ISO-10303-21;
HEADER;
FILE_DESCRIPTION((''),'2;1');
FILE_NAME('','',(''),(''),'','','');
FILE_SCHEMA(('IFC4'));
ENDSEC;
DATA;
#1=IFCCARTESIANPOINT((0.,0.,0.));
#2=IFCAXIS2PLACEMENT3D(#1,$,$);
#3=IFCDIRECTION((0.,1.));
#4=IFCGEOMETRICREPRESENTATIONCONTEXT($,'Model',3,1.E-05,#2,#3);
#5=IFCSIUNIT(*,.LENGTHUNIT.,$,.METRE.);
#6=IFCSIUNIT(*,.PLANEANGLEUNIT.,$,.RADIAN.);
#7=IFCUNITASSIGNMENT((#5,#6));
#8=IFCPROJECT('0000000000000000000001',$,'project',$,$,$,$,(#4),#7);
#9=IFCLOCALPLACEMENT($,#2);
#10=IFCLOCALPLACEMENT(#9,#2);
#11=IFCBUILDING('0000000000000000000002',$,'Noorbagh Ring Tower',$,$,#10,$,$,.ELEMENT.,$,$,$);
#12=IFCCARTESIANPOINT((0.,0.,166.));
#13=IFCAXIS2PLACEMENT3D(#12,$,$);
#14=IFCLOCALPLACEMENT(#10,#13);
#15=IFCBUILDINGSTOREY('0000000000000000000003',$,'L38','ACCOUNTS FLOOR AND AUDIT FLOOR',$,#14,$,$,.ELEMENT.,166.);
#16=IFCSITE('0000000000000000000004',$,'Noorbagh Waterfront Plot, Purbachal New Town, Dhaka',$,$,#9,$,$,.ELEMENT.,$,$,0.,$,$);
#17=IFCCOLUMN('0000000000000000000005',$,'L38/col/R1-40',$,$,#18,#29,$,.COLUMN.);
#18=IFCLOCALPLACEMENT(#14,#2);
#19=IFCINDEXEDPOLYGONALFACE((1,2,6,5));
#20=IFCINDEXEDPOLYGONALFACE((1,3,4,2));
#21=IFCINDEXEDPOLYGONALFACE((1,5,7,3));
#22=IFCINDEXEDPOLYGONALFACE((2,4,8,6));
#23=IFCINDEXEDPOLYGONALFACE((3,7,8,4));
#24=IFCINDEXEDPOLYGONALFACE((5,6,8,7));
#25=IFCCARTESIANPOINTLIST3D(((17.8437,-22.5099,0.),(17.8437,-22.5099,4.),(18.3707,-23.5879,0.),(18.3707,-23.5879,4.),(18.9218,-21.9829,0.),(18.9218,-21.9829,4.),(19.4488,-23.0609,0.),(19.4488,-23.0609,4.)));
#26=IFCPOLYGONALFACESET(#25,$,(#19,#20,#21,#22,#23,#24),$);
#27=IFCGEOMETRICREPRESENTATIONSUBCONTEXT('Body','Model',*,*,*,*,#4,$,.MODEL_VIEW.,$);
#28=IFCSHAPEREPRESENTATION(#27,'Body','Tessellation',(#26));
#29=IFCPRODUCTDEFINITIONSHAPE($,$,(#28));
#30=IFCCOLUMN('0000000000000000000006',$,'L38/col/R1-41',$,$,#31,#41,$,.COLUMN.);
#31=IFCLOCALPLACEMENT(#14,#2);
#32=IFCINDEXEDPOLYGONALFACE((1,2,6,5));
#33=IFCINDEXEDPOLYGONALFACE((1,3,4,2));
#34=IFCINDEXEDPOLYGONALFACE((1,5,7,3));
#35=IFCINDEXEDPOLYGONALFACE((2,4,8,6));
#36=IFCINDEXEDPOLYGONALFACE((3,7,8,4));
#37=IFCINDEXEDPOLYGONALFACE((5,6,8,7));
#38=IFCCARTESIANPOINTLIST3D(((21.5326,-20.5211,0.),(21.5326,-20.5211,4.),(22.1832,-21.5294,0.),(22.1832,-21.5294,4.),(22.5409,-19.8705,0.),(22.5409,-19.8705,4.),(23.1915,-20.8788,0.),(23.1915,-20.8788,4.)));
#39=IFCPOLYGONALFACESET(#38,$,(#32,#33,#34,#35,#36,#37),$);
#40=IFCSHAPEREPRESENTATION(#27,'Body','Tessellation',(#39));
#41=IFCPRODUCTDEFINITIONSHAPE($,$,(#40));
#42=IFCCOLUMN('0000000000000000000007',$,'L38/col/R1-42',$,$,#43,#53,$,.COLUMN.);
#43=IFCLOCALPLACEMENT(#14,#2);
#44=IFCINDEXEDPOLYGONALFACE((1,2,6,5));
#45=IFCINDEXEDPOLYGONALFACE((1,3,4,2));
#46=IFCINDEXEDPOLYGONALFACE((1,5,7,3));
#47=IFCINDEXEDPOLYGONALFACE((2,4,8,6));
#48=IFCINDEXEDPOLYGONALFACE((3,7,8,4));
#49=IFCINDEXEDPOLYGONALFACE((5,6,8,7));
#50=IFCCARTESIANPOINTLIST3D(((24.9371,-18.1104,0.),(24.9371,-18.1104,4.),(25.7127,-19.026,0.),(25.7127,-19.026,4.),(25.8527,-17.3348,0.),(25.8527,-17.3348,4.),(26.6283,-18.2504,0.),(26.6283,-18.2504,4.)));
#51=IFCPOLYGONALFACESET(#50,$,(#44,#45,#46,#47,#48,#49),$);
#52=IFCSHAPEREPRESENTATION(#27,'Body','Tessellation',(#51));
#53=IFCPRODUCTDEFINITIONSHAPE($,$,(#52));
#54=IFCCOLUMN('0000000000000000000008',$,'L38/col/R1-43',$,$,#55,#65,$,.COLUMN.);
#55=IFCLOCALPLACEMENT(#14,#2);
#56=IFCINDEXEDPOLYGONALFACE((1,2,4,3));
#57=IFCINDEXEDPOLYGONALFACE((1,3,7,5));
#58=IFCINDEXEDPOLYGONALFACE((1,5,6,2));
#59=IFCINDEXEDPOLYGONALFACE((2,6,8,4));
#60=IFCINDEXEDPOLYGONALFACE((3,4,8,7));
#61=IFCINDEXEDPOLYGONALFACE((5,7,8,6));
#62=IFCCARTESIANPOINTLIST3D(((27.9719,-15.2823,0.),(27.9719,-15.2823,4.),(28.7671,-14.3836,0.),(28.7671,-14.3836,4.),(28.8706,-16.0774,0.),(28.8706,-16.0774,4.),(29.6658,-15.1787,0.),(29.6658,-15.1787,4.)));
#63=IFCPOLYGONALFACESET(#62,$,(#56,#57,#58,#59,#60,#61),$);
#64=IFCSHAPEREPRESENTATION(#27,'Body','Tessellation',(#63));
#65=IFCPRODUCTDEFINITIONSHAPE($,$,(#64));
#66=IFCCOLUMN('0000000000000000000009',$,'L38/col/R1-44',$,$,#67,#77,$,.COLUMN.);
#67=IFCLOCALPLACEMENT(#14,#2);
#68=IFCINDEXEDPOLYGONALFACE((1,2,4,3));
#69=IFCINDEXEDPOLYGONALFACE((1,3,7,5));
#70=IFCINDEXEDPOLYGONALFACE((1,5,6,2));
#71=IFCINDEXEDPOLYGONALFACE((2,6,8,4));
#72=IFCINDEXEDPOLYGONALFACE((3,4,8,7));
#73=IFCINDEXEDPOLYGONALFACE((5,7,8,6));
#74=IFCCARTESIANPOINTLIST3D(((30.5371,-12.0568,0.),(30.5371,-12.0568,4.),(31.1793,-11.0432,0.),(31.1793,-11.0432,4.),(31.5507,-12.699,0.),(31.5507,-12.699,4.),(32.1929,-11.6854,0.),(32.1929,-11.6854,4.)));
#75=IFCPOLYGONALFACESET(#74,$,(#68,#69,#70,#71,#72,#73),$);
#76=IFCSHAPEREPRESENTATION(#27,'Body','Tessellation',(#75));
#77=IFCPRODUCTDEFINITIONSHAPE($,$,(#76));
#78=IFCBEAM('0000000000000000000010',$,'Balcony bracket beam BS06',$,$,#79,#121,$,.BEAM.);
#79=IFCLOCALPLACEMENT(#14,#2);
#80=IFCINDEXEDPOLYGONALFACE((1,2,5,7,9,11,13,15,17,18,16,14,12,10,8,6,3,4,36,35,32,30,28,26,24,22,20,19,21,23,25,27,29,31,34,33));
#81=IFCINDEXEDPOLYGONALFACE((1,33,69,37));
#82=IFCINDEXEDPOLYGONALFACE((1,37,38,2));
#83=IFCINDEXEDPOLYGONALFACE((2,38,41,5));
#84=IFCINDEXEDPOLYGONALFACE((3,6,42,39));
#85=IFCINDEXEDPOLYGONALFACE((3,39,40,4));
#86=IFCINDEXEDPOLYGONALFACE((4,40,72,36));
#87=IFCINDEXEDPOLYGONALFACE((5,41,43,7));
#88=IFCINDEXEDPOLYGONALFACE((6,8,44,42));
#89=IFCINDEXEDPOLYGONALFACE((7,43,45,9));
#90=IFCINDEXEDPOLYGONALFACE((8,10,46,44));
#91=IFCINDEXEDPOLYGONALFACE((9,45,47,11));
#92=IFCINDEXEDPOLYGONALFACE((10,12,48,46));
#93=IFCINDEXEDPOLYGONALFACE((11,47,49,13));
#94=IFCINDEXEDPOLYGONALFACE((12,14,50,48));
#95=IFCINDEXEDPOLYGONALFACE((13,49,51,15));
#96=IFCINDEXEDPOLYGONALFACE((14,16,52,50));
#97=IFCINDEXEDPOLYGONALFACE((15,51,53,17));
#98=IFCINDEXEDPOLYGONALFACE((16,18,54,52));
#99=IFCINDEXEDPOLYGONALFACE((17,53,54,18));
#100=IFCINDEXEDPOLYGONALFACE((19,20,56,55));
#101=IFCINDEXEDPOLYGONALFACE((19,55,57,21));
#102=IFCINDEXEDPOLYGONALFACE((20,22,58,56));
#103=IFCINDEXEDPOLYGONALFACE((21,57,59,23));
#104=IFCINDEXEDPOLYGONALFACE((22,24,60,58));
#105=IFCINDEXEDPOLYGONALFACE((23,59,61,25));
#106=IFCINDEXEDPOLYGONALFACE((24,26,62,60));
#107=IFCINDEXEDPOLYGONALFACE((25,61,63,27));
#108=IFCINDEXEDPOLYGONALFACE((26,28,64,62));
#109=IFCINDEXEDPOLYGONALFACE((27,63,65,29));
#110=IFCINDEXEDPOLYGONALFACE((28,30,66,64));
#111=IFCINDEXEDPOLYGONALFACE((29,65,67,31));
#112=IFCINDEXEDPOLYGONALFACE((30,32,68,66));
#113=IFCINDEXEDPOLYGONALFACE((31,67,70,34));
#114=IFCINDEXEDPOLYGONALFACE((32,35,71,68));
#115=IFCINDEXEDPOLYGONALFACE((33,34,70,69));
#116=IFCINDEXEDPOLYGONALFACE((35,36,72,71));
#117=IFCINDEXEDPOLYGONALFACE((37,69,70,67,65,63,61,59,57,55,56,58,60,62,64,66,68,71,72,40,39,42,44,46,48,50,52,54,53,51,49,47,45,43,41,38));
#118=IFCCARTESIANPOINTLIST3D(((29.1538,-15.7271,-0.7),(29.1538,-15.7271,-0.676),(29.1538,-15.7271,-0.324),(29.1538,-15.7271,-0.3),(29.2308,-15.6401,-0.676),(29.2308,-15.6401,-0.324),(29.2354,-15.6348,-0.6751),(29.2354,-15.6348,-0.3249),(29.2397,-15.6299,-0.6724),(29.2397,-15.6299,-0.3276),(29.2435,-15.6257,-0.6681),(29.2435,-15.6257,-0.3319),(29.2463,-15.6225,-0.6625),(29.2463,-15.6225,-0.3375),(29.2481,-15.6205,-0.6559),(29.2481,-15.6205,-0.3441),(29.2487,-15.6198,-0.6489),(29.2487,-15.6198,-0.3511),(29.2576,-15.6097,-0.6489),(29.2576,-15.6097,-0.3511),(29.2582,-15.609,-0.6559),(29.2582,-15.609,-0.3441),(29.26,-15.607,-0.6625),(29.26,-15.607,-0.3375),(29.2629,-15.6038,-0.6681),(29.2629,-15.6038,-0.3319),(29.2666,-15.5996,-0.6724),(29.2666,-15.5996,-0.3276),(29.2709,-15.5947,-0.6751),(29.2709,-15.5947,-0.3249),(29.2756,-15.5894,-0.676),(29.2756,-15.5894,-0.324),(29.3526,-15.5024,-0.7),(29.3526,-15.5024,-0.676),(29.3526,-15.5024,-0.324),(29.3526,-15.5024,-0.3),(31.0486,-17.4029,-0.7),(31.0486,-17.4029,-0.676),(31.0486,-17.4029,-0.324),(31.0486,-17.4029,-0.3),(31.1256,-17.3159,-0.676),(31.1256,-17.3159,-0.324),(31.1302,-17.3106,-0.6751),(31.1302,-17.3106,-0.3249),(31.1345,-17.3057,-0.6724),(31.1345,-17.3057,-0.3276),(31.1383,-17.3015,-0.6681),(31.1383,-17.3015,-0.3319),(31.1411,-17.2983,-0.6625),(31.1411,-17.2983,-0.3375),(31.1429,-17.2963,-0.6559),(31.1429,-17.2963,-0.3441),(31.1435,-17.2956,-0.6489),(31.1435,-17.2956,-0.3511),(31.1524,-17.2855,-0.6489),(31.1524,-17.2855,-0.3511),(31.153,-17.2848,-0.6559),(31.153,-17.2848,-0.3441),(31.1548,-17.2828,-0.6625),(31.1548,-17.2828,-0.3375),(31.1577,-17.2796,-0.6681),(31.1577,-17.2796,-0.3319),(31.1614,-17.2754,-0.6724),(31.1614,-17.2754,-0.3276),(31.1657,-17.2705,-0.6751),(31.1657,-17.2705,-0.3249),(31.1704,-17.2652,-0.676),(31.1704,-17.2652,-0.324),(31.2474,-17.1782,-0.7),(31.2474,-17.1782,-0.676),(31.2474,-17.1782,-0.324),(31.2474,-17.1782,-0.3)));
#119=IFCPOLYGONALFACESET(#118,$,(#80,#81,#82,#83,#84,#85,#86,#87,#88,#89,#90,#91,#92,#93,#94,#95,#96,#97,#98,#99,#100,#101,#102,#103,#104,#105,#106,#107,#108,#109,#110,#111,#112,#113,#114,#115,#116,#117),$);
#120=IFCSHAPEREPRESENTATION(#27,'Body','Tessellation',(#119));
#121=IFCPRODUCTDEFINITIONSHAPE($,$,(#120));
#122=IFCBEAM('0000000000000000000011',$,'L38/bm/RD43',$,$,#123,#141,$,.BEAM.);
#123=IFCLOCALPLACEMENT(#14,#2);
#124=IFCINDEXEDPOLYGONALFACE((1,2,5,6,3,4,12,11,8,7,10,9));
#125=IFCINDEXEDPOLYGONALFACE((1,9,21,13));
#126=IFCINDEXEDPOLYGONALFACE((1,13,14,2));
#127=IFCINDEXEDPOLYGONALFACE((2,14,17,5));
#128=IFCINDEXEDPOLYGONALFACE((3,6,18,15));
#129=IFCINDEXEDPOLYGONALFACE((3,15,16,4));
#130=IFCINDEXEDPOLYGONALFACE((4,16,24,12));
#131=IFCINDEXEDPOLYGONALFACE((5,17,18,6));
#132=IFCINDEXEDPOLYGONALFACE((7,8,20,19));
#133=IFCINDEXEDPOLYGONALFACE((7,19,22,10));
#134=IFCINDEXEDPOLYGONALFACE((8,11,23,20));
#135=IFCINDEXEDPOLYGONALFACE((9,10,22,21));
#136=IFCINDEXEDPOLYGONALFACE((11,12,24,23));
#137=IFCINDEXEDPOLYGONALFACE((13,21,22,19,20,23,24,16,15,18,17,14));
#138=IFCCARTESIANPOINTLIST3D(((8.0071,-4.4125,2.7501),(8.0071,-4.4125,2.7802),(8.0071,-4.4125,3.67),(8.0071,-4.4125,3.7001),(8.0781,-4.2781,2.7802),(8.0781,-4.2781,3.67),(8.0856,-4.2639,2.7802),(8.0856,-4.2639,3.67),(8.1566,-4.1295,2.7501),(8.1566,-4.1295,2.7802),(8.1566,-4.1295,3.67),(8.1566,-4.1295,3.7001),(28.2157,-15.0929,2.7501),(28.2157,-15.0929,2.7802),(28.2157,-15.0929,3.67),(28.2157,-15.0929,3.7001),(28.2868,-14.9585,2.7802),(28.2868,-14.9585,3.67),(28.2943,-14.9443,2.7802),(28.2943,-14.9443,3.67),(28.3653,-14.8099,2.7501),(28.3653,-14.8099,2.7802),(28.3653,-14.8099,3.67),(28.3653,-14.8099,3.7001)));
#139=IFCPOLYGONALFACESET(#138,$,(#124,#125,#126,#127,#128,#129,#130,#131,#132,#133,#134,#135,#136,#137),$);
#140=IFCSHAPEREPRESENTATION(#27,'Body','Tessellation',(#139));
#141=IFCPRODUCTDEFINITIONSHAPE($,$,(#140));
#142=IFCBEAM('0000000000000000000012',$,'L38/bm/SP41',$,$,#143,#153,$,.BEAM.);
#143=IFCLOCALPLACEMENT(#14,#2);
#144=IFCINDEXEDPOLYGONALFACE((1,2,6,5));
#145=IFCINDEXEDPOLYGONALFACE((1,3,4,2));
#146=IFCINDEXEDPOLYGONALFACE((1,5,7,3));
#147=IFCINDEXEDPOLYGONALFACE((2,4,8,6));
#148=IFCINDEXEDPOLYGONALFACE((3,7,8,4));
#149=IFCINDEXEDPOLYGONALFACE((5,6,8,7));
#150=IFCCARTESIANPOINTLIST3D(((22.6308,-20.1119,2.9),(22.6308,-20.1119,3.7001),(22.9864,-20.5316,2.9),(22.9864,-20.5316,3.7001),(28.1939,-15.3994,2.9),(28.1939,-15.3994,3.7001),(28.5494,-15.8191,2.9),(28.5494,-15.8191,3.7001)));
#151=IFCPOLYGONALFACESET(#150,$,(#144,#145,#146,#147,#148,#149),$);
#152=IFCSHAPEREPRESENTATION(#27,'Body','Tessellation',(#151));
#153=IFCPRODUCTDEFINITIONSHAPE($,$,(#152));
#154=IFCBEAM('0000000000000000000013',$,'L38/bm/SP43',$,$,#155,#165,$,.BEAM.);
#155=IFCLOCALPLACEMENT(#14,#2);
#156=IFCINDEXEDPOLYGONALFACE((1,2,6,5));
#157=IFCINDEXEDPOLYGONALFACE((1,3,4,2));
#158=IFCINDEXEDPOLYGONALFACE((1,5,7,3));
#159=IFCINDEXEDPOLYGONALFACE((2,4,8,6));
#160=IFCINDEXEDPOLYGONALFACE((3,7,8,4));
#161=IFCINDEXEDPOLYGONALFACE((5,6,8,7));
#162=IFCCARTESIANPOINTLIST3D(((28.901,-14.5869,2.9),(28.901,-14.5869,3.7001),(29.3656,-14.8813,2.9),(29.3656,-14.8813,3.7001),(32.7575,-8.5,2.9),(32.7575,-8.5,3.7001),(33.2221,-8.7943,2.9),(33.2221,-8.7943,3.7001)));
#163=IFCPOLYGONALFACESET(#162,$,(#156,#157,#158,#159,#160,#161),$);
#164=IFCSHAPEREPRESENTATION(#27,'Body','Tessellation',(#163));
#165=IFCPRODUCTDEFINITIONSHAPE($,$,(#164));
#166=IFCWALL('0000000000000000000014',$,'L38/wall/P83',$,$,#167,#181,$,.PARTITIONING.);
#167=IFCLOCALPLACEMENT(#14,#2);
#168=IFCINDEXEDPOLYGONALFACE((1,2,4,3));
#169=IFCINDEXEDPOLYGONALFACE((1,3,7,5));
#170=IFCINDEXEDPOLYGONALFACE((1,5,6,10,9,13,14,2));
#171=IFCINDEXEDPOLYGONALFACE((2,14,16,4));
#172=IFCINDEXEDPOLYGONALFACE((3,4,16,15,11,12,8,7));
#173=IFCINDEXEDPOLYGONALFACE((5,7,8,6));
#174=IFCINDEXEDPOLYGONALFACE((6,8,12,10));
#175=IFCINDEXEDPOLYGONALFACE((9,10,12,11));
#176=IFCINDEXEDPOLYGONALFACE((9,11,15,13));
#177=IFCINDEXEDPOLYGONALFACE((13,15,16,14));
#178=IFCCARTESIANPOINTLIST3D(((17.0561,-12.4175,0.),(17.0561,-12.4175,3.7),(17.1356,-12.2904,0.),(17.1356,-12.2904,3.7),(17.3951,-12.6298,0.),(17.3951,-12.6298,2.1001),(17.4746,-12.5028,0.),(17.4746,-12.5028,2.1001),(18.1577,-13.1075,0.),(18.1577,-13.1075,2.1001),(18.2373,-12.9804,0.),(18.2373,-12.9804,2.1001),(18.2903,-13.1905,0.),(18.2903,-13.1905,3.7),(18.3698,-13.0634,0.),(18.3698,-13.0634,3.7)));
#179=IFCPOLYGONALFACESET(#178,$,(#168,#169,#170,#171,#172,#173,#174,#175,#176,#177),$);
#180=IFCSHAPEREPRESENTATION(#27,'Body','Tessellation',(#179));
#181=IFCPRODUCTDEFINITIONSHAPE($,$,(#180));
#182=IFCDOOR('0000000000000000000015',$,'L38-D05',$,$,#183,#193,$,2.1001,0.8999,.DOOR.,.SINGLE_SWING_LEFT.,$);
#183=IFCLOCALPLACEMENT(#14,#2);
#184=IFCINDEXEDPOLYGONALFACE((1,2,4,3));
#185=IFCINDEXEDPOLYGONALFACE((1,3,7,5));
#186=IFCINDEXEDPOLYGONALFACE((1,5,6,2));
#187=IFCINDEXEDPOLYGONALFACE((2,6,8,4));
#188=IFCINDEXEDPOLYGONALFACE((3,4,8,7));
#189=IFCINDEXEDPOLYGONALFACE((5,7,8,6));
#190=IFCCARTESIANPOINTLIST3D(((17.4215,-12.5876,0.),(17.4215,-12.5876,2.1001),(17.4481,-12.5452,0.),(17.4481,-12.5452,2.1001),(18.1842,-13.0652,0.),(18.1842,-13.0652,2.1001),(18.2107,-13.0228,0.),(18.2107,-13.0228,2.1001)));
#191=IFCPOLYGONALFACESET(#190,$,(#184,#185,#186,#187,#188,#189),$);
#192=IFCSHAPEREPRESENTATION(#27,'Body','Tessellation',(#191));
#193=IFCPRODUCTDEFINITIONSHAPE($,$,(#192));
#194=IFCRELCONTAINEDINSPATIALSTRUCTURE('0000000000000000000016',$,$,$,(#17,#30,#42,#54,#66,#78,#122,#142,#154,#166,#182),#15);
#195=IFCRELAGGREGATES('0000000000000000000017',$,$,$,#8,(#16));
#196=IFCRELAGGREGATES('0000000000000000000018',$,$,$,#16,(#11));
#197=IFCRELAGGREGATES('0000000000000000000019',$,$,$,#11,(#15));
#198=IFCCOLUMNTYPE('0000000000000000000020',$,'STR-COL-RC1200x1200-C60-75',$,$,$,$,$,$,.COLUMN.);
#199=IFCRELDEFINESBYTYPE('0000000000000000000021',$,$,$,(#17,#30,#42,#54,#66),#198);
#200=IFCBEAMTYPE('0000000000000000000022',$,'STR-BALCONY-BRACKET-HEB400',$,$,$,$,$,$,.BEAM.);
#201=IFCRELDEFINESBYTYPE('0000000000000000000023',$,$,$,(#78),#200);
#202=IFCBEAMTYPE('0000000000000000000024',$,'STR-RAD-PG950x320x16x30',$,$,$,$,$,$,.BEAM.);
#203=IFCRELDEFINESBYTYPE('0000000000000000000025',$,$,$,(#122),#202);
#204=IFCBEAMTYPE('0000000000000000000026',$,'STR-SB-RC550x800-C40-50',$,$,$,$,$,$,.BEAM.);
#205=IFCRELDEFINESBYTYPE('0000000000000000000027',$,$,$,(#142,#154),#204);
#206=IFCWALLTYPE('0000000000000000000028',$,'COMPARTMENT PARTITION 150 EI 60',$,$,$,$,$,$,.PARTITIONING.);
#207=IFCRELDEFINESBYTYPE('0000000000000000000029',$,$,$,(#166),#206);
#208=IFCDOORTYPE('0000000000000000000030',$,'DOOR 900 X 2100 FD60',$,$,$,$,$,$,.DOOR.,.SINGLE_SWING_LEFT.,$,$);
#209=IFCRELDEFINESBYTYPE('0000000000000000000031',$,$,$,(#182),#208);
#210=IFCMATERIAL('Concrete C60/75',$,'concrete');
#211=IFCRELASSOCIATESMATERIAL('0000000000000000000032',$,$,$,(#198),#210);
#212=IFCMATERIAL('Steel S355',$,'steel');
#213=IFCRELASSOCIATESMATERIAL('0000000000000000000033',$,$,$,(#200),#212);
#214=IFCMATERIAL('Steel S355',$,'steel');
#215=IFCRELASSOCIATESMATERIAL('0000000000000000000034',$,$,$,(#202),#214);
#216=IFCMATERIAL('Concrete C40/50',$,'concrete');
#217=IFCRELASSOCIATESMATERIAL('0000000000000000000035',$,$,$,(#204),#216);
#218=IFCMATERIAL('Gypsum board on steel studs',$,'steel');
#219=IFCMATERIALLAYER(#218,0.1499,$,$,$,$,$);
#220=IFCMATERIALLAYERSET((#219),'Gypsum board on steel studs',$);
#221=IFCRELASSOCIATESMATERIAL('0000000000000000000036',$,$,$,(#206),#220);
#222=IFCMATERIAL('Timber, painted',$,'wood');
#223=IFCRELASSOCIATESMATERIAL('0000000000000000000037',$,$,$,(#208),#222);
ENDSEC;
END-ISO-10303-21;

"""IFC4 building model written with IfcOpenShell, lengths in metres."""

from ifc_helpers import new_model, si_unit, direction, frame, frame_2d, origin, origin_2d, place, context, subcontext, project, spatial, rectangle, i_section, extrude, material, layer, layer_set, material_profile, profile_set, type_object, element, fill, save


model = new_model("IFC4")

# Units and contexts
model_context = context("Model", 3, precision=1e-05, world=origin(), true_north=direction((0.0, 1.0)))
body_context = subcontext(model_context, "Body", "Model", "MODEL_VIEW")
ifc_project = project(units=[si_unit("LENGTHUNIT", "METRE"), si_unit("PLANEANGLEUNIT", "RADIAN")], contexts=[model_context])

# Site, building, storey
site_placement = place(None, origin())
site = spatial("IfcSite", under=ifc_project, at=site_placement, Name="Noorbagh Waterfront Plot, Purbachal New Town, Dhaka", CompositionType="ELEMENT", RefElevation=0.0)
building_placement = place(site_placement, origin())
building = spatial("IfcBuilding", under=site, at=building_placement, Name="Noorbagh Ring Tower", CompositionType="ELEMENT")
storey_placement = place(building_placement, frame((0.0, 0.0, 166.0)))
storey = spatial("IfcBuildingStorey", under=building, at=storey_placement, Name="L38", Description="ACCOUNTS FLOOR AND AUDIT FLOOR", CompositionType="ELEMENT", Elevation=166.0)

# Columns
ifc_material_1 = material(Name="Concrete C60/75", Category="concrete")
ifc_material_profile_1 = material_profile(ifc_material_1, rectangle(XDim=1.2, YDim=1.2, at=origin_2d()), Name="RC1200x1200")
ifc_profile_set_1 = profile_set([ifc_material_profile_1], Name="Concrete C60/75")
column_type = type_object("IfcColumnType", Name="STR-COL-RC1200x1200-C60-75", PredefinedType="COLUMN", material=ifc_profile_set_1)
for number, where, z_axis, x_axis, name in (
    (1, (18.6462, -22.7854, 0.0), (0.0, 0.0, 1.0), (0.898399, 0.43918, 0.0), "L38/col/R1-40"),
    (2, (22.3621, -20.7, 0.0), (0.0, 0.0, 1.0), (0.840248, 0.542203, 0.0), "L38/col/R1-41"),
    (3, (25.7827, -18.1804, 0.0), (0.0, 0.0, 1.0), (0.763035, 0.646357, 0.0), "L38/col/R1-42"),
    (4, (28.8188, -15.2305, 0.0), (0.0, 0.0, 1.0), (0.662636, 0.748942, 0.0), "L38/col/R1-43"),
    (5, (31.365, -11.8711, 0.0), (0.0, 0.0, 1.0), (0.53519, 0.844731, 0.0), "L38/col/R1-44"),
):
    element("IfcColumn", number, at=place(storey_placement, frame(where, z_axis=z_axis, x_axis=x_axis)), inside=storey, type_object=column_type, Name=name, PredefinedType="COLUMN", context=body_context, shape_type="SweptSolid", body=[
        extrude(rectangle(XDim=1.2, YDim=1.2, at=origin_2d()), origin(), (0.0, 0.0, 1.0), 4.0),
    ])

# Beams
ifc_material_2 = material(Name="Steel S355", Category="steel")
ifc_material_profile_2 = material_profile(ifc_material_2, i_section(OverallWidth=0.3, OverallDepth=0.3999, WebThickness=0.0134, FlangeThickness=0.0239, FilletRadius=0.0271, at=origin_2d()), Name="HEB400")
ifc_profile_set_2 = profile_set([ifc_material_profile_2], Name="Steel S355")
beam_type_1 = type_object("IfcBeamType", Name="STR-BALCONY-BRACKET-HEB400", PredefinedType="BEAM", material=ifc_profile_set_2)
beam_1_placement = place(storey_placement, frame((29.2532, -15.6147, -0.5), z_axis=(0.749068, -0.662493, 0.0), x_axis=(0.662493, 0.749068, 0.0)))
element("IfcBeam", 6, at=beam_1_placement, inside=storey, type_object=beam_type_1, Name="Balcony bracket beam BS06", PredefinedType="BEAM", context=body_context, shape_type="SweptSolid", body=[
    extrude(i_section(OverallWidth=0.3, OverallDepth=0.3999, WebThickness=0.0134, FlangeThickness=0.0239, FilletRadius=0.0271, at=origin_2d()), origin(), (0.0, 0.0, 1.0), 2.5295),
])
ifc_material_3 = material(Name="Steel S355", Category="steel")
ifc_material_profile_3 = material_profile(ifc_material_3, i_section(OverallWidth=0.3201, OverallDepth=0.95, WebThickness=0.0161, FlangeThickness=0.03, at=origin_2d()), Name="PG950x320x16x30")
ifc_profile_set_3 = profile_set([ifc_material_profile_3], Name="Steel S355")
beam_type_2 = type_object("IfcBeamType", Name="STR-RAD-PG950x320x16x30", PredefinedType="BEAM", material=ifc_profile_set_3)
beam_2_placement = place(storey_placement, frame((28.2905, -14.9514, 3.2251), z_axis=(-0.884119, 0.467261, 0.0), x_axis=(-0.467261, -0.884119, 0.0)))
element("IfcBeam", 7, at=beam_2_placement, inside=storey, type_object=beam_type_2, Name="L38/bm/RD43", PredefinedType="BEAM", context=body_context, shape_type="SweptSolid", body=[
    extrude(i_section(OverallWidth=0.3201, OverallDepth=0.95, WebThickness=0.0161, FlangeThickness=0.03, at=origin_2d()), origin(), (0.0, 0.0, 1.0), 22.8574),
])
ifc_material_4 = material(Name="Concrete C40/50", Category="concrete")
ifc_material_profile_4 = material_profile(ifc_material_4, rectangle(XDim=0.55, YDim=0.8, at=origin_2d()), Name="RC550x800")
ifc_profile_set_4 = profile_set([ifc_material_profile_4], Name="Concrete C40/50")
beam_type_3 = type_object("IfcBeamType", Name="STR-SB-RC550x800-C40-50", PredefinedType="BEAM", material=ifc_profile_set_4)
beam_3_placement = place(storey_placement, frame((22.8086, -20.3218, 3.3), z_axis=(0.763031, 0.646362, 0.0), x_axis=(-0.646362, 0.763031, 0.0)))
element("IfcBeam", 8, at=beam_3_placement, inside=storey, type_object=beam_type_3, Name="L38/bm/SP41", PredefinedType="BEAM", context=body_context, shape_type="SweptSolid", body=[
    extrude(rectangle(XDim=0.55, YDim=0.8, at=origin_2d()), origin(), (0.0, 0.0, 1.0), 7.2908),
])
beam_4_placement = place(storey_placement, frame((29.1333, -14.7341, 3.3), z_axis=(0.535191, 0.844731, 0.0), x_axis=(-0.844731, 0.535191, 0.0)))
element("IfcBeam", 9, at=beam_4_placement, inside=storey, type_object=beam_type_3, Name="L38/bm/SP43", PredefinedType="BEAM", context=body_context, shape_type="SweptSolid", body=[
    extrude(rectangle(XDim=0.55, YDim=0.8, at=origin_2d()), origin(), (0.0, 0.0, 1.0), 7.2058),
])

# Wall, opening, door
ifc_material_5 = material(Name="Gypsum board on steel studs", Category="steel")
ifc_layer_1 = layer(ifc_material_5, 0.1499)
ifc_layer_set_1 = layer_set([ifc_layer_1], Name="Gypsum board on steel studs")
wall_type_1 = type_object("IfcWallType", Name="COMPARTMENT PARTITION 150 EI 60", PredefinedType="PARTITIONING", material=ifc_layer_set_1)
wall_1_placement = place(storey_placement, frame((17.0959, -12.354, 0.0), z_axis=(0.0, 0.0, 1.0), x_axis=(0.847499, -0.530797, 0.0)))
wall_1 = element("IfcWall", 10, at=wall_1_placement, inside=storey, type_object=wall_type_1, Name="L38/wall/P83", PredefinedType="PARTITIONING", context=body_context, shape_type="SweptSolid", body=[
    extrude(rectangle(XDim=1.4563, YDim=0.1499, at=frame_2d((0.728, 0.0))), origin(), (0.0, 0.0, 1.0), 3.7),
])
opening_1_placement = place(wall_1_placement, frame((0.3999, 0.0, 0.0)))
opening_1 = element("IfcOpeningElement", 11, at=opening_1_placement, cuts=wall_1, PredefinedType="OPENING", context=body_context, shape_type="SweptSolid", body=[
    extrude(rectangle(XDim=0.8999, YDim=2.1001, at=frame_2d((0.45, 1.05))), frame((0.0, 0.085, 0.0), z_axis=(0.0, -1.0, 0.0), x_axis=(1.0, 0.0, 0.0)), (0.0, 0.0, 1.0), 0.1699),
])
ifc_material_6 = material(Name="Timber, painted", Category="wood")
door_type_1 = type_object("IfcDoorType", Name="DOOR 900 X 2100 FD60", OperationType="SINGLE_SWING_LEFT", PredefinedType="DOOR", material=ifc_material_6)
door_1_placement = place(opening_1_placement, origin())
door_1 = element("IfcDoor", 12, at=door_1_placement, inside=storey, type_object=door_type_1, Name="L38-D05", OperationType="SINGLE_SWING_LEFT", OverallHeight=2.1001, OverallWidth=0.8999, PredefinedType="DOOR", context=body_context, shape_type="SweptSolid", body=[
    extrude(rectangle(XDim=0.8999, YDim=2.1001, at=frame_2d((0.45, 1.05))), frame((0.0, 0.0249, 0.0), z_axis=(0.0, -1.0, 0.0), x_axis=(1.0, 0.0, 0.0)), (0.0, 0.0, 1.0), 0.05),
])
fill(opening_1, door_1)

save(model, "model.ifc")
